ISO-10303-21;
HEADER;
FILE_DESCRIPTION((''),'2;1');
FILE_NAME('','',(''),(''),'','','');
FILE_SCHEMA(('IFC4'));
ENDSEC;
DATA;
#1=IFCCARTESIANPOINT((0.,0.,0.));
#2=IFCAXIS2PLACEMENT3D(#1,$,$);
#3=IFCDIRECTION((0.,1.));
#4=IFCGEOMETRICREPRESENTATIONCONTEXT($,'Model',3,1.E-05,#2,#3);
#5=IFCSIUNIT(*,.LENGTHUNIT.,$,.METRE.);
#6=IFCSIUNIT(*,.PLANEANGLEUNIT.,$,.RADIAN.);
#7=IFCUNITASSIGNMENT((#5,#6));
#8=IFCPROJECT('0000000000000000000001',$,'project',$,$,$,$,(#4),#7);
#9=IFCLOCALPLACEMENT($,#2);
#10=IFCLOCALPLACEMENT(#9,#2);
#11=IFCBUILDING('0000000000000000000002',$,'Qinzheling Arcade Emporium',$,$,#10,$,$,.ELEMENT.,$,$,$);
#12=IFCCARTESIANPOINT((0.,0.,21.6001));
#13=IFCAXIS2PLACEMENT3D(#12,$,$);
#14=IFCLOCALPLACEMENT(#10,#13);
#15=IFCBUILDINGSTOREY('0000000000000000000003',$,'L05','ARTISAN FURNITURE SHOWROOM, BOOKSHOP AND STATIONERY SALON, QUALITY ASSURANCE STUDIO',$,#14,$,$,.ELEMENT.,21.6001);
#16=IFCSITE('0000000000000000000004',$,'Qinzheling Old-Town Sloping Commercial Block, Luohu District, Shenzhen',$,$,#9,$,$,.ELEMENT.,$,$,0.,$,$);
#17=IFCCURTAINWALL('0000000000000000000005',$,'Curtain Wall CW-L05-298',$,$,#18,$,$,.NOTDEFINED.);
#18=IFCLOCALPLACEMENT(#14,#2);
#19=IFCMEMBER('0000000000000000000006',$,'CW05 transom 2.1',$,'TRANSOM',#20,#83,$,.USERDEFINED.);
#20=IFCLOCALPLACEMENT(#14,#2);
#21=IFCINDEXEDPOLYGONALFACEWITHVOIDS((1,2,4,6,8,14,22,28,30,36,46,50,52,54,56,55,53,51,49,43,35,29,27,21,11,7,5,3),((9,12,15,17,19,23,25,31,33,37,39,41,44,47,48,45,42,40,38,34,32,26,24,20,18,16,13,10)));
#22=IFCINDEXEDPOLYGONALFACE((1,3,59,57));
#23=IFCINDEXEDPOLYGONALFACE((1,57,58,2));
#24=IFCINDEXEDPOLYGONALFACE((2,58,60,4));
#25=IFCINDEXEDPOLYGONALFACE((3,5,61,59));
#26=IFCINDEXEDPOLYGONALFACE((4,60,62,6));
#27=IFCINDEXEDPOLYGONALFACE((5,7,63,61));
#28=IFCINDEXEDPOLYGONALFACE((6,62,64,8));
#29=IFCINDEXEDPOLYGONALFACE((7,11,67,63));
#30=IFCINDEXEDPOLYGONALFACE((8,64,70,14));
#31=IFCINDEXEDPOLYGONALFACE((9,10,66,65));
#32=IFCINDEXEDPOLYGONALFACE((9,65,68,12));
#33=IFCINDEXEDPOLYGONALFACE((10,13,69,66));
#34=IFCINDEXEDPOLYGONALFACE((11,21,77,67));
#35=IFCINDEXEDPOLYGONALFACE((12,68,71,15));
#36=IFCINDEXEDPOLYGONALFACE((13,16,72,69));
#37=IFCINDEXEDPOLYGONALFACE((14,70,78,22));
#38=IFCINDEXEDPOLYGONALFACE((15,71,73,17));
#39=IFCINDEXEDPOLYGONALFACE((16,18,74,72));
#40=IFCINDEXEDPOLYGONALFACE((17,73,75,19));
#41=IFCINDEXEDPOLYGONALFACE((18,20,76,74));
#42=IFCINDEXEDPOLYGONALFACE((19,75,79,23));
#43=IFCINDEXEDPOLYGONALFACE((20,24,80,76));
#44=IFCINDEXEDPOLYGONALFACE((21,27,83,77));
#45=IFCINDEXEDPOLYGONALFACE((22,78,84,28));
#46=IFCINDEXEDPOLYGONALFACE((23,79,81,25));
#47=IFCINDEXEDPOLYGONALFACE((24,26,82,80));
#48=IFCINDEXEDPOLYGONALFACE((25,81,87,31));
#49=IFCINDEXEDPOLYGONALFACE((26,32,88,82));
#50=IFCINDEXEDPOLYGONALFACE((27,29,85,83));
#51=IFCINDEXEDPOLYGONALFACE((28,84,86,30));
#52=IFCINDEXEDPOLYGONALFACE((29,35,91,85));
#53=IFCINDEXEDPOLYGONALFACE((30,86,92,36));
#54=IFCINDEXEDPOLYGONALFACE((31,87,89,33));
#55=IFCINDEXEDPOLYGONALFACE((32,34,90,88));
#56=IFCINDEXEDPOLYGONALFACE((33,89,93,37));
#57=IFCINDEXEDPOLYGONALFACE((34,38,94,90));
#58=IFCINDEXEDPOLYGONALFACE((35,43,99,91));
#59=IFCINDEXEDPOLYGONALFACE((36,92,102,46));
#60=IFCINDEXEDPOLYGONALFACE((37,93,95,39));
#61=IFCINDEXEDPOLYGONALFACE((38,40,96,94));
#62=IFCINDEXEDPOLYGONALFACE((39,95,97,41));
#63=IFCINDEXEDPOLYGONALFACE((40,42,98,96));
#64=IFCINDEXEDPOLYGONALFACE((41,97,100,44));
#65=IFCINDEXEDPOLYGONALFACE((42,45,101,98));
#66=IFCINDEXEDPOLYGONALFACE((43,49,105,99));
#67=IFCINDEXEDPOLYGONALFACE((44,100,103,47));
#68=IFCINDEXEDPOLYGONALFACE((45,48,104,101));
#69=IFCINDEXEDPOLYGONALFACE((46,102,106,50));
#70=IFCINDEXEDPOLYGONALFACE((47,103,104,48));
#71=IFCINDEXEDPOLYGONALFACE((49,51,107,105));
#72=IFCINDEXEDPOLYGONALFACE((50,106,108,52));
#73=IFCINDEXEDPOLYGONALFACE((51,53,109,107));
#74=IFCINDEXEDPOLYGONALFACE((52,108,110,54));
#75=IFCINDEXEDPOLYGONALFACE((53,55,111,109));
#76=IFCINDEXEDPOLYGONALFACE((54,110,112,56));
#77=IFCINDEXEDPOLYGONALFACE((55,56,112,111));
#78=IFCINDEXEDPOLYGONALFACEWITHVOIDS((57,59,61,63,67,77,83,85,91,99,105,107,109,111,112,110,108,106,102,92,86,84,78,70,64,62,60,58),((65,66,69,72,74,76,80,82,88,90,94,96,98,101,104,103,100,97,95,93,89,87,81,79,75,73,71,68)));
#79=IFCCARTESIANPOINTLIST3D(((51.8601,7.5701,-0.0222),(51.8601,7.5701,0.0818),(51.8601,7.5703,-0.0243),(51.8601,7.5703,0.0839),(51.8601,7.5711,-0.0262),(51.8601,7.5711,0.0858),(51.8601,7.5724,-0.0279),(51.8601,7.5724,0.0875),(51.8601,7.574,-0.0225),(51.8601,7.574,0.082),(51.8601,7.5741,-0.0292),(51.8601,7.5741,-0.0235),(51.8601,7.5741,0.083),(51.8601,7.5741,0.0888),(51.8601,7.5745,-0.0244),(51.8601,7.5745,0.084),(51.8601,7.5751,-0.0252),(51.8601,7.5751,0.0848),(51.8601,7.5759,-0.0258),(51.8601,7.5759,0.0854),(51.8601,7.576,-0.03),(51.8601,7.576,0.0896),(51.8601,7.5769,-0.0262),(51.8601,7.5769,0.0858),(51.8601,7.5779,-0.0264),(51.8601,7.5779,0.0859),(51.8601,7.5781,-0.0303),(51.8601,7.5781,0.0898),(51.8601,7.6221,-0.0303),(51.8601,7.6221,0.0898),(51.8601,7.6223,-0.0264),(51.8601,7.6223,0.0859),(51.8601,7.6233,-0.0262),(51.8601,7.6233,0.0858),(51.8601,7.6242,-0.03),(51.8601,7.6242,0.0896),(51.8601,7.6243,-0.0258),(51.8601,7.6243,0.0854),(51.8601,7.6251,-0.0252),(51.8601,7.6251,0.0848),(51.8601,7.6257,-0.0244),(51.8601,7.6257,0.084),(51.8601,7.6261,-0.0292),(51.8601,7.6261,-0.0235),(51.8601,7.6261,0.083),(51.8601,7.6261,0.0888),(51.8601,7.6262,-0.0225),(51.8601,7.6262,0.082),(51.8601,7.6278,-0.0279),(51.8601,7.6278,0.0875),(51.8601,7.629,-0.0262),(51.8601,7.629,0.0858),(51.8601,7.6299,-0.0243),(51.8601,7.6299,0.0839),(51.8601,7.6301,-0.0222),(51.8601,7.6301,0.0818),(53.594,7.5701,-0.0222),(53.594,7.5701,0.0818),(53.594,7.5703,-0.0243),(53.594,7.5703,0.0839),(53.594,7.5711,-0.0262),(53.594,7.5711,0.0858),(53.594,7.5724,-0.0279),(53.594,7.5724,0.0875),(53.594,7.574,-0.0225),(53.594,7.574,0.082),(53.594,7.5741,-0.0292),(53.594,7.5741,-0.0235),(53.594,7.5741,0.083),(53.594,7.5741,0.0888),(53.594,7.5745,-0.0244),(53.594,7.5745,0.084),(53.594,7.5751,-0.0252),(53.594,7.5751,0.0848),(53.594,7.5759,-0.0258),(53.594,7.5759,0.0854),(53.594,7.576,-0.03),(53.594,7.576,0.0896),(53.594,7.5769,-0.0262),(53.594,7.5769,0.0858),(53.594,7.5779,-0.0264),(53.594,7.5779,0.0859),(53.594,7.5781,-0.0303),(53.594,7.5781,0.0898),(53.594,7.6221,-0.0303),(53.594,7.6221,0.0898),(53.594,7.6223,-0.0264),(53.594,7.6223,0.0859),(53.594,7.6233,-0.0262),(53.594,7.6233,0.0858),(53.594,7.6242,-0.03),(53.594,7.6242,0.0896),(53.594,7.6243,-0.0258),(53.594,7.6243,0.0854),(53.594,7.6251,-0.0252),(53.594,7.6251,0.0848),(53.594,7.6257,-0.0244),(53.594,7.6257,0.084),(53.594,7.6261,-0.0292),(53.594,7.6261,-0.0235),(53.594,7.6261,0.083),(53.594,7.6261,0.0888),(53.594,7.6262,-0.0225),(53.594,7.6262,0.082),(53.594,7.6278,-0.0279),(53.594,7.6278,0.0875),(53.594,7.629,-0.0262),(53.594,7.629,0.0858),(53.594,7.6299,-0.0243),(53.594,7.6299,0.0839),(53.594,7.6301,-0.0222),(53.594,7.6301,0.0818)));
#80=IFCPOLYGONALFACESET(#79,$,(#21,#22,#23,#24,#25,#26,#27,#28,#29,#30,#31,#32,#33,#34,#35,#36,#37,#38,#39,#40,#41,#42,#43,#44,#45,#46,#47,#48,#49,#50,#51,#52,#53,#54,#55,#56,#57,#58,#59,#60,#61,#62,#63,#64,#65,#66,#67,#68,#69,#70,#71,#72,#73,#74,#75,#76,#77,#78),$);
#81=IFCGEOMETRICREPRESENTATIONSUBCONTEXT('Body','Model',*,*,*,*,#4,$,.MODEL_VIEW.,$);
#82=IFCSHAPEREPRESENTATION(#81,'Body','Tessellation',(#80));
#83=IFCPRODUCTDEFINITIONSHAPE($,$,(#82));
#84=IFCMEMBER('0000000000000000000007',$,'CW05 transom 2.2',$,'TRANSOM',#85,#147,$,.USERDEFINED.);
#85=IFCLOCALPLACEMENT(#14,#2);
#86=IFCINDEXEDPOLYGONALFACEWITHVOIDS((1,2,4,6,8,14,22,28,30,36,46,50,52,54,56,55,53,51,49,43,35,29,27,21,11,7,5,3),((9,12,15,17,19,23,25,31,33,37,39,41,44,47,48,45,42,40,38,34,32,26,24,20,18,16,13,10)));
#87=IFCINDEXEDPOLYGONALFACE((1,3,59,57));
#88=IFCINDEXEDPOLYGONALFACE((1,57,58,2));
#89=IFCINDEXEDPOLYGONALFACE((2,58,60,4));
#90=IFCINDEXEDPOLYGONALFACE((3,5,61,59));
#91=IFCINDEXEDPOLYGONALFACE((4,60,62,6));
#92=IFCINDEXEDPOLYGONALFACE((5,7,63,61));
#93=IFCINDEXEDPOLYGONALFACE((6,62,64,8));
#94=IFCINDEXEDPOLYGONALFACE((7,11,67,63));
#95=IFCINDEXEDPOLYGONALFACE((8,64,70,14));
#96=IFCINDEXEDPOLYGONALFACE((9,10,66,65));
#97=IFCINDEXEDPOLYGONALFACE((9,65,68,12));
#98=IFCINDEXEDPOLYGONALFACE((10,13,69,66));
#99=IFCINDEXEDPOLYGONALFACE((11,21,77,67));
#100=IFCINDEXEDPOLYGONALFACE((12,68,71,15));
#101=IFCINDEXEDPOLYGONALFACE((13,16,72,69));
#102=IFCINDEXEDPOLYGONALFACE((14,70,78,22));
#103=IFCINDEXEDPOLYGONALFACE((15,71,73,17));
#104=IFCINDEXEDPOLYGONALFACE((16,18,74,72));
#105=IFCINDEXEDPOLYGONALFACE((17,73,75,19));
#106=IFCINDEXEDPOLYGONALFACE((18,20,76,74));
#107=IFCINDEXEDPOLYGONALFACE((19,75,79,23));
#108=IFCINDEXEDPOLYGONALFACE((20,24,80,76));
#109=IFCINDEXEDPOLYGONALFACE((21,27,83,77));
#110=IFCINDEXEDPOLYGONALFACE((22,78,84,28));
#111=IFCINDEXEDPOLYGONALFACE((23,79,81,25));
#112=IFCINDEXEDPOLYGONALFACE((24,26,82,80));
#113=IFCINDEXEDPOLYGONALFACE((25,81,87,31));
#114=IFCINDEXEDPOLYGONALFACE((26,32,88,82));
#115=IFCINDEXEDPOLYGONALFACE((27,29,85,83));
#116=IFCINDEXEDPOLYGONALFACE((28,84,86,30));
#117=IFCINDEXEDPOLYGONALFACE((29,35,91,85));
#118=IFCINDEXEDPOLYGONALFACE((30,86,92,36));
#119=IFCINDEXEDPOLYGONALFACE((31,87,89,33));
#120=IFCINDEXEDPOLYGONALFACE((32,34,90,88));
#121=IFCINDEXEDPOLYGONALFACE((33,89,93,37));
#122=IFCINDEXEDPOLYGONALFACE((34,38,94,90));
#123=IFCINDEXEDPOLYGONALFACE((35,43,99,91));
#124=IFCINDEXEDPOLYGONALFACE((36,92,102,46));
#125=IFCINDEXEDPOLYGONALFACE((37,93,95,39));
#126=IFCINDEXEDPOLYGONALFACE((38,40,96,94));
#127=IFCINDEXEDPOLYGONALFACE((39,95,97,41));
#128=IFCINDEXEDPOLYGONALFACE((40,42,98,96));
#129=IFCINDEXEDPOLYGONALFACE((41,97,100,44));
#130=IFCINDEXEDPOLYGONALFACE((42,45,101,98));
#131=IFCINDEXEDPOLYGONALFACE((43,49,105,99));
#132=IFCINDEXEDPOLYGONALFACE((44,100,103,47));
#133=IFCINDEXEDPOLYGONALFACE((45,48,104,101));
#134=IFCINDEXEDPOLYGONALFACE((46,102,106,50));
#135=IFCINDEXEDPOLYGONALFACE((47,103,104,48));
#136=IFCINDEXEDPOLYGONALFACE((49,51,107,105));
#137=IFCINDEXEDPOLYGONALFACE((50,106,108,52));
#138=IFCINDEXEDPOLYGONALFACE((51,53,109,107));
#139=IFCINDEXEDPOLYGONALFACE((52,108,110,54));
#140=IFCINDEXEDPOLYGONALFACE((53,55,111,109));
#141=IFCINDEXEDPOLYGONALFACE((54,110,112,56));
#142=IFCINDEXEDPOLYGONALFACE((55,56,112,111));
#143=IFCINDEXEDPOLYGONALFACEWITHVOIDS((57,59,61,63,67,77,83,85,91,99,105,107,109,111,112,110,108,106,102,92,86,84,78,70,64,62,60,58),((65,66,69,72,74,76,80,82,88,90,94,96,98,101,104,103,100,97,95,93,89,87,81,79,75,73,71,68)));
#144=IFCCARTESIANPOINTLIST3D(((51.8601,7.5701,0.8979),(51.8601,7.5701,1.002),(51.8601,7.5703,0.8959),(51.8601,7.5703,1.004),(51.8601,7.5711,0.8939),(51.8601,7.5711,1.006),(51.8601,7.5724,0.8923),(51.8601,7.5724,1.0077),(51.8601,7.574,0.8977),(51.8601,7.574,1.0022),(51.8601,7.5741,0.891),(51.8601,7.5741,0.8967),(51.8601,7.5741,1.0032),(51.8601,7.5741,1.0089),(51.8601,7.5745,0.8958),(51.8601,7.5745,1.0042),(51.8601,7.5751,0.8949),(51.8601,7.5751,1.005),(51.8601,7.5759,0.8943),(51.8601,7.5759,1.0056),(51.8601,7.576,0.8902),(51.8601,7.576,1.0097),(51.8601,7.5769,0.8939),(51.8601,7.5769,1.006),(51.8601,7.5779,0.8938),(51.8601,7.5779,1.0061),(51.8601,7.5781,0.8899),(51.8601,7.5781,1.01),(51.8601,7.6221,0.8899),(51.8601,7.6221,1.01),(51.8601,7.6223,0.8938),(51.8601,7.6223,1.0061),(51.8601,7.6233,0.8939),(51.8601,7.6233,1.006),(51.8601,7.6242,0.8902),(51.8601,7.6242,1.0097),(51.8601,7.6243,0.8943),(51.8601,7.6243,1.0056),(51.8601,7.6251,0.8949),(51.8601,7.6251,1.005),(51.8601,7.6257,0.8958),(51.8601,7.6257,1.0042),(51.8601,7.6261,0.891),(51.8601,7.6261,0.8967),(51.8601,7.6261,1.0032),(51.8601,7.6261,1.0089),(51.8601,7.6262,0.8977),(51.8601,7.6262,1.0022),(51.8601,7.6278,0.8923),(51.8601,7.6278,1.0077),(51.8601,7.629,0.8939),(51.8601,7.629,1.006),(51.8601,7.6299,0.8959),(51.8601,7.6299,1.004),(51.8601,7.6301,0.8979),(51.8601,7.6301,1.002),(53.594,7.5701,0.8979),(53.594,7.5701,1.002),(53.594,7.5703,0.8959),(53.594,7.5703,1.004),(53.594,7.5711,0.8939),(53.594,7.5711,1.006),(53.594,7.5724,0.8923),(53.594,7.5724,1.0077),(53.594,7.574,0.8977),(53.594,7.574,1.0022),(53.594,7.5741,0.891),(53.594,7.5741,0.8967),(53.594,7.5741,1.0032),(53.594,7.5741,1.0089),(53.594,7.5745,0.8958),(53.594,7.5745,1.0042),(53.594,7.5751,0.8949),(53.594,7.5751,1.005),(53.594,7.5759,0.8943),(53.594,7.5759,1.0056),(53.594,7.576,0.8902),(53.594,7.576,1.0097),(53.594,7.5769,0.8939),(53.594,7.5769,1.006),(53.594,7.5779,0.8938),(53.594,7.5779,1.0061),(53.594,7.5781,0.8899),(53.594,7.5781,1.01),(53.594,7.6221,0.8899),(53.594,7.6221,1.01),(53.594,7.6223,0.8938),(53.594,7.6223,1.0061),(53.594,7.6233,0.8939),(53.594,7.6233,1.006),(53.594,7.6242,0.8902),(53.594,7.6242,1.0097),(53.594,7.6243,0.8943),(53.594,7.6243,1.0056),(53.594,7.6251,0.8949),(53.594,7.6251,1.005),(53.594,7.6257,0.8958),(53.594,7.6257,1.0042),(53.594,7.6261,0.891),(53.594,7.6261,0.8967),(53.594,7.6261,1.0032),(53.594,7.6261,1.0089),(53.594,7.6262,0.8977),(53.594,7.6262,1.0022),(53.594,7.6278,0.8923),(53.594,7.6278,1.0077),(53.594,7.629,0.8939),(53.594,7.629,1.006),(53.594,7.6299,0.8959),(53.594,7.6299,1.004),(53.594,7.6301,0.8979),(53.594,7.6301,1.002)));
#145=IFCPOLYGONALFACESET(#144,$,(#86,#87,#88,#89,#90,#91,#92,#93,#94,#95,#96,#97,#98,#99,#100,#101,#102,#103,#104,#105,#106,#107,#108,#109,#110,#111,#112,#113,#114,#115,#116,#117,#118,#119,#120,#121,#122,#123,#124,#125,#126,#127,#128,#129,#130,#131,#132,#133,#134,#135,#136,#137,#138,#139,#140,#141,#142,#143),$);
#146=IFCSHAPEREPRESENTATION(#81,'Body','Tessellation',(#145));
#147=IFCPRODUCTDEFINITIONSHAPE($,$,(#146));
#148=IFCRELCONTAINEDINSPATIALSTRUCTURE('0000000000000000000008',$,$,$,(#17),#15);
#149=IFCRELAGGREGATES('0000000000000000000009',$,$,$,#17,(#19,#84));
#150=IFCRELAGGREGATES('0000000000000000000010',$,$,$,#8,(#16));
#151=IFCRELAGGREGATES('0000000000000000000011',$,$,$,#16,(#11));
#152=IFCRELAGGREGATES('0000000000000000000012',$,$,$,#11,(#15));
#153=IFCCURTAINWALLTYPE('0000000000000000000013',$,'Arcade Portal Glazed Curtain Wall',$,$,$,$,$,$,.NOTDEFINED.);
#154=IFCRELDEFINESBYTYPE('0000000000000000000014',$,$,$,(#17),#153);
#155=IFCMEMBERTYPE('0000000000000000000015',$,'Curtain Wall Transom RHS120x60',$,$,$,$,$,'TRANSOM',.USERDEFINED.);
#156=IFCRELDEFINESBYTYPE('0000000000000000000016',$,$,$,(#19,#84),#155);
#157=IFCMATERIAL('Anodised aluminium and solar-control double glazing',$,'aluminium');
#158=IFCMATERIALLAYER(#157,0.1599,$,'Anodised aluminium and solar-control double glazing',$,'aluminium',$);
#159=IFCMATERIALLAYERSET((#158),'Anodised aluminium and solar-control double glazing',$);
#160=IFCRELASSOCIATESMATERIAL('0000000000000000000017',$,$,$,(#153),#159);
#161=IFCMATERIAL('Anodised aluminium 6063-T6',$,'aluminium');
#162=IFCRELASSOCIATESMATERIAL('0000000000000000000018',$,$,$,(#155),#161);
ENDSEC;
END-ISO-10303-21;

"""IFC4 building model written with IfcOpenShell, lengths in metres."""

from ifc_helpers import new_model, si_unit, direction, frame, origin, origin_2d, place, context, subcontext, project, spatial, hollow_rectangle, extrude, material, layer, layer_set, material_profile, profile_set, type_object, element, aggregate, save


model = new_model("IFC4")

# Units and contexts
model_context = context("Model", 3, precision=1e-05, world=origin(), true_north=direction((0.0, 1.0)))
body_context = subcontext(model_context, "Body", "Model", "MODEL_VIEW")
ifc_project = project(units=[si_unit("LENGTHUNIT", "METRE"), si_unit("PLANEANGLEUNIT", "RADIAN")], contexts=[model_context])

# Site, building, storey
site_placement = place(None, origin())
site = spatial("IfcSite", under=ifc_project, at=site_placement, Name="Qinzheling Old-Town Sloping Commercial Block, Luohu District, Shenzhen", CompositionType="ELEMENT", RefElevation=0.0)
building_placement = place(site_placement, origin())
building = spatial("IfcBuilding", under=site, at=building_placement, Name="Qinzheling Arcade Emporium", CompositionType="ELEMENT")
storey_placement = place(building_placement, frame((0.0, 0.0, 21.6001)))
storey = spatial("IfcBuildingStorey", under=building, at=storey_placement, Name="L05", Description="ARTISAN FURNITURE SHOWROOM, BOOKSHOP AND STATIONERY SALON, QUALITY ASSURANCE STUDIO", CompositionType="ELEMENT", Elevation=21.6001)

# Curtain wall, members
ifc_material_1 = material(Name="Anodised aluminium and solar-control double glazing", Category="aluminium")
ifc_layer_1 = layer(ifc_material_1, 0.1599, Name="Anodised aluminium and solar-control double glazing", Category="aluminium")
ifc_layer_set_1 = layer_set([ifc_layer_1], Name="Anodised aluminium and solar-control double glazing")
curtain_wall_type = type_object("IfcCurtainWallType", Name="Arcade Portal Glazed Curtain Wall", PredefinedType="NOTDEFINED", material=ifc_layer_set_1)
curtain_wall_placement = place(storey_placement, origin())
curtain_wall = element("IfcCurtainWall", 1, at=curtain_wall_placement, inside=storey, type_object=curtain_wall_type, Name="Curtain Wall CW-L05-298", PredefinedType="NOTDEFINED")
ifc_material_2 = material(Name="Anodised aluminium 6063-T6", Category="aluminium")
ifc_material_profile_1 = material_profile(ifc_material_2, hollow_rectangle(XDim=0.0601, YDim=0.1201, WallThickness=0.0039, InnerFilletRadius=0.0039, OuterFilletRadius=0.0081, at=origin_2d()), Name="RHS 120x60x4", Category="aluminium")
ifc_profile_set_1 = profile_set([ifc_material_profile_1], Name="Anodised aluminium 6063-T6")
member_type_1 = type_object("IfcMemberType", Name="Curtain Wall Transom RHS120x60", ElementType="TRANSOM", PredefinedType="USERDEFINED", material=ifc_profile_set_1)
member_1_placement = place(storey_placement, frame((53.594, 7.6001, 0.0298), z_axis=(-1.0, 0.0, 0.0), x_axis=(0.0, -1.0, 0.0)))
member_1 = element("IfcMember", 2, at=member_1_placement, type_object=member_type_1, Name="CW05 transom 2.1", ObjectType="TRANSOM", PredefinedType="USERDEFINED", context=body_context, shape_type="SweptSolid", body=[
    extrude(hollow_rectangle(XDim=0.0601, YDim=0.1201, WallThickness=0.0039, InnerFilletRadius=0.0039, OuterFilletRadius=0.0081, at=origin_2d()), origin(), (0.0, 0.0, 1.0), 1.7339),
])
member_2_placement = place(storey_placement, frame((53.594, 7.6001, 0.95), z_axis=(-1.0, 0.0, 0.0), x_axis=(0.0, -1.0, 0.0)))
member_2 = element("IfcMember", 3, at=member_2_placement, type_object=member_type_1, Name="CW05 transom 2.2", ObjectType="TRANSOM", PredefinedType="USERDEFINED", context=body_context, shape_type="SweptSolid", body=[
    extrude(hollow_rectangle(XDim=0.0601, YDim=0.1201, WallThickness=0.0039, InnerFilletRadius=0.0039, OuterFilletRadius=0.0081, at=origin_2d()), origin(), (0.0, 0.0, 1.0), 1.7339),
])

aggregate(curtain_wall, [member_1, member_2])

save(model, "model.ifc")
